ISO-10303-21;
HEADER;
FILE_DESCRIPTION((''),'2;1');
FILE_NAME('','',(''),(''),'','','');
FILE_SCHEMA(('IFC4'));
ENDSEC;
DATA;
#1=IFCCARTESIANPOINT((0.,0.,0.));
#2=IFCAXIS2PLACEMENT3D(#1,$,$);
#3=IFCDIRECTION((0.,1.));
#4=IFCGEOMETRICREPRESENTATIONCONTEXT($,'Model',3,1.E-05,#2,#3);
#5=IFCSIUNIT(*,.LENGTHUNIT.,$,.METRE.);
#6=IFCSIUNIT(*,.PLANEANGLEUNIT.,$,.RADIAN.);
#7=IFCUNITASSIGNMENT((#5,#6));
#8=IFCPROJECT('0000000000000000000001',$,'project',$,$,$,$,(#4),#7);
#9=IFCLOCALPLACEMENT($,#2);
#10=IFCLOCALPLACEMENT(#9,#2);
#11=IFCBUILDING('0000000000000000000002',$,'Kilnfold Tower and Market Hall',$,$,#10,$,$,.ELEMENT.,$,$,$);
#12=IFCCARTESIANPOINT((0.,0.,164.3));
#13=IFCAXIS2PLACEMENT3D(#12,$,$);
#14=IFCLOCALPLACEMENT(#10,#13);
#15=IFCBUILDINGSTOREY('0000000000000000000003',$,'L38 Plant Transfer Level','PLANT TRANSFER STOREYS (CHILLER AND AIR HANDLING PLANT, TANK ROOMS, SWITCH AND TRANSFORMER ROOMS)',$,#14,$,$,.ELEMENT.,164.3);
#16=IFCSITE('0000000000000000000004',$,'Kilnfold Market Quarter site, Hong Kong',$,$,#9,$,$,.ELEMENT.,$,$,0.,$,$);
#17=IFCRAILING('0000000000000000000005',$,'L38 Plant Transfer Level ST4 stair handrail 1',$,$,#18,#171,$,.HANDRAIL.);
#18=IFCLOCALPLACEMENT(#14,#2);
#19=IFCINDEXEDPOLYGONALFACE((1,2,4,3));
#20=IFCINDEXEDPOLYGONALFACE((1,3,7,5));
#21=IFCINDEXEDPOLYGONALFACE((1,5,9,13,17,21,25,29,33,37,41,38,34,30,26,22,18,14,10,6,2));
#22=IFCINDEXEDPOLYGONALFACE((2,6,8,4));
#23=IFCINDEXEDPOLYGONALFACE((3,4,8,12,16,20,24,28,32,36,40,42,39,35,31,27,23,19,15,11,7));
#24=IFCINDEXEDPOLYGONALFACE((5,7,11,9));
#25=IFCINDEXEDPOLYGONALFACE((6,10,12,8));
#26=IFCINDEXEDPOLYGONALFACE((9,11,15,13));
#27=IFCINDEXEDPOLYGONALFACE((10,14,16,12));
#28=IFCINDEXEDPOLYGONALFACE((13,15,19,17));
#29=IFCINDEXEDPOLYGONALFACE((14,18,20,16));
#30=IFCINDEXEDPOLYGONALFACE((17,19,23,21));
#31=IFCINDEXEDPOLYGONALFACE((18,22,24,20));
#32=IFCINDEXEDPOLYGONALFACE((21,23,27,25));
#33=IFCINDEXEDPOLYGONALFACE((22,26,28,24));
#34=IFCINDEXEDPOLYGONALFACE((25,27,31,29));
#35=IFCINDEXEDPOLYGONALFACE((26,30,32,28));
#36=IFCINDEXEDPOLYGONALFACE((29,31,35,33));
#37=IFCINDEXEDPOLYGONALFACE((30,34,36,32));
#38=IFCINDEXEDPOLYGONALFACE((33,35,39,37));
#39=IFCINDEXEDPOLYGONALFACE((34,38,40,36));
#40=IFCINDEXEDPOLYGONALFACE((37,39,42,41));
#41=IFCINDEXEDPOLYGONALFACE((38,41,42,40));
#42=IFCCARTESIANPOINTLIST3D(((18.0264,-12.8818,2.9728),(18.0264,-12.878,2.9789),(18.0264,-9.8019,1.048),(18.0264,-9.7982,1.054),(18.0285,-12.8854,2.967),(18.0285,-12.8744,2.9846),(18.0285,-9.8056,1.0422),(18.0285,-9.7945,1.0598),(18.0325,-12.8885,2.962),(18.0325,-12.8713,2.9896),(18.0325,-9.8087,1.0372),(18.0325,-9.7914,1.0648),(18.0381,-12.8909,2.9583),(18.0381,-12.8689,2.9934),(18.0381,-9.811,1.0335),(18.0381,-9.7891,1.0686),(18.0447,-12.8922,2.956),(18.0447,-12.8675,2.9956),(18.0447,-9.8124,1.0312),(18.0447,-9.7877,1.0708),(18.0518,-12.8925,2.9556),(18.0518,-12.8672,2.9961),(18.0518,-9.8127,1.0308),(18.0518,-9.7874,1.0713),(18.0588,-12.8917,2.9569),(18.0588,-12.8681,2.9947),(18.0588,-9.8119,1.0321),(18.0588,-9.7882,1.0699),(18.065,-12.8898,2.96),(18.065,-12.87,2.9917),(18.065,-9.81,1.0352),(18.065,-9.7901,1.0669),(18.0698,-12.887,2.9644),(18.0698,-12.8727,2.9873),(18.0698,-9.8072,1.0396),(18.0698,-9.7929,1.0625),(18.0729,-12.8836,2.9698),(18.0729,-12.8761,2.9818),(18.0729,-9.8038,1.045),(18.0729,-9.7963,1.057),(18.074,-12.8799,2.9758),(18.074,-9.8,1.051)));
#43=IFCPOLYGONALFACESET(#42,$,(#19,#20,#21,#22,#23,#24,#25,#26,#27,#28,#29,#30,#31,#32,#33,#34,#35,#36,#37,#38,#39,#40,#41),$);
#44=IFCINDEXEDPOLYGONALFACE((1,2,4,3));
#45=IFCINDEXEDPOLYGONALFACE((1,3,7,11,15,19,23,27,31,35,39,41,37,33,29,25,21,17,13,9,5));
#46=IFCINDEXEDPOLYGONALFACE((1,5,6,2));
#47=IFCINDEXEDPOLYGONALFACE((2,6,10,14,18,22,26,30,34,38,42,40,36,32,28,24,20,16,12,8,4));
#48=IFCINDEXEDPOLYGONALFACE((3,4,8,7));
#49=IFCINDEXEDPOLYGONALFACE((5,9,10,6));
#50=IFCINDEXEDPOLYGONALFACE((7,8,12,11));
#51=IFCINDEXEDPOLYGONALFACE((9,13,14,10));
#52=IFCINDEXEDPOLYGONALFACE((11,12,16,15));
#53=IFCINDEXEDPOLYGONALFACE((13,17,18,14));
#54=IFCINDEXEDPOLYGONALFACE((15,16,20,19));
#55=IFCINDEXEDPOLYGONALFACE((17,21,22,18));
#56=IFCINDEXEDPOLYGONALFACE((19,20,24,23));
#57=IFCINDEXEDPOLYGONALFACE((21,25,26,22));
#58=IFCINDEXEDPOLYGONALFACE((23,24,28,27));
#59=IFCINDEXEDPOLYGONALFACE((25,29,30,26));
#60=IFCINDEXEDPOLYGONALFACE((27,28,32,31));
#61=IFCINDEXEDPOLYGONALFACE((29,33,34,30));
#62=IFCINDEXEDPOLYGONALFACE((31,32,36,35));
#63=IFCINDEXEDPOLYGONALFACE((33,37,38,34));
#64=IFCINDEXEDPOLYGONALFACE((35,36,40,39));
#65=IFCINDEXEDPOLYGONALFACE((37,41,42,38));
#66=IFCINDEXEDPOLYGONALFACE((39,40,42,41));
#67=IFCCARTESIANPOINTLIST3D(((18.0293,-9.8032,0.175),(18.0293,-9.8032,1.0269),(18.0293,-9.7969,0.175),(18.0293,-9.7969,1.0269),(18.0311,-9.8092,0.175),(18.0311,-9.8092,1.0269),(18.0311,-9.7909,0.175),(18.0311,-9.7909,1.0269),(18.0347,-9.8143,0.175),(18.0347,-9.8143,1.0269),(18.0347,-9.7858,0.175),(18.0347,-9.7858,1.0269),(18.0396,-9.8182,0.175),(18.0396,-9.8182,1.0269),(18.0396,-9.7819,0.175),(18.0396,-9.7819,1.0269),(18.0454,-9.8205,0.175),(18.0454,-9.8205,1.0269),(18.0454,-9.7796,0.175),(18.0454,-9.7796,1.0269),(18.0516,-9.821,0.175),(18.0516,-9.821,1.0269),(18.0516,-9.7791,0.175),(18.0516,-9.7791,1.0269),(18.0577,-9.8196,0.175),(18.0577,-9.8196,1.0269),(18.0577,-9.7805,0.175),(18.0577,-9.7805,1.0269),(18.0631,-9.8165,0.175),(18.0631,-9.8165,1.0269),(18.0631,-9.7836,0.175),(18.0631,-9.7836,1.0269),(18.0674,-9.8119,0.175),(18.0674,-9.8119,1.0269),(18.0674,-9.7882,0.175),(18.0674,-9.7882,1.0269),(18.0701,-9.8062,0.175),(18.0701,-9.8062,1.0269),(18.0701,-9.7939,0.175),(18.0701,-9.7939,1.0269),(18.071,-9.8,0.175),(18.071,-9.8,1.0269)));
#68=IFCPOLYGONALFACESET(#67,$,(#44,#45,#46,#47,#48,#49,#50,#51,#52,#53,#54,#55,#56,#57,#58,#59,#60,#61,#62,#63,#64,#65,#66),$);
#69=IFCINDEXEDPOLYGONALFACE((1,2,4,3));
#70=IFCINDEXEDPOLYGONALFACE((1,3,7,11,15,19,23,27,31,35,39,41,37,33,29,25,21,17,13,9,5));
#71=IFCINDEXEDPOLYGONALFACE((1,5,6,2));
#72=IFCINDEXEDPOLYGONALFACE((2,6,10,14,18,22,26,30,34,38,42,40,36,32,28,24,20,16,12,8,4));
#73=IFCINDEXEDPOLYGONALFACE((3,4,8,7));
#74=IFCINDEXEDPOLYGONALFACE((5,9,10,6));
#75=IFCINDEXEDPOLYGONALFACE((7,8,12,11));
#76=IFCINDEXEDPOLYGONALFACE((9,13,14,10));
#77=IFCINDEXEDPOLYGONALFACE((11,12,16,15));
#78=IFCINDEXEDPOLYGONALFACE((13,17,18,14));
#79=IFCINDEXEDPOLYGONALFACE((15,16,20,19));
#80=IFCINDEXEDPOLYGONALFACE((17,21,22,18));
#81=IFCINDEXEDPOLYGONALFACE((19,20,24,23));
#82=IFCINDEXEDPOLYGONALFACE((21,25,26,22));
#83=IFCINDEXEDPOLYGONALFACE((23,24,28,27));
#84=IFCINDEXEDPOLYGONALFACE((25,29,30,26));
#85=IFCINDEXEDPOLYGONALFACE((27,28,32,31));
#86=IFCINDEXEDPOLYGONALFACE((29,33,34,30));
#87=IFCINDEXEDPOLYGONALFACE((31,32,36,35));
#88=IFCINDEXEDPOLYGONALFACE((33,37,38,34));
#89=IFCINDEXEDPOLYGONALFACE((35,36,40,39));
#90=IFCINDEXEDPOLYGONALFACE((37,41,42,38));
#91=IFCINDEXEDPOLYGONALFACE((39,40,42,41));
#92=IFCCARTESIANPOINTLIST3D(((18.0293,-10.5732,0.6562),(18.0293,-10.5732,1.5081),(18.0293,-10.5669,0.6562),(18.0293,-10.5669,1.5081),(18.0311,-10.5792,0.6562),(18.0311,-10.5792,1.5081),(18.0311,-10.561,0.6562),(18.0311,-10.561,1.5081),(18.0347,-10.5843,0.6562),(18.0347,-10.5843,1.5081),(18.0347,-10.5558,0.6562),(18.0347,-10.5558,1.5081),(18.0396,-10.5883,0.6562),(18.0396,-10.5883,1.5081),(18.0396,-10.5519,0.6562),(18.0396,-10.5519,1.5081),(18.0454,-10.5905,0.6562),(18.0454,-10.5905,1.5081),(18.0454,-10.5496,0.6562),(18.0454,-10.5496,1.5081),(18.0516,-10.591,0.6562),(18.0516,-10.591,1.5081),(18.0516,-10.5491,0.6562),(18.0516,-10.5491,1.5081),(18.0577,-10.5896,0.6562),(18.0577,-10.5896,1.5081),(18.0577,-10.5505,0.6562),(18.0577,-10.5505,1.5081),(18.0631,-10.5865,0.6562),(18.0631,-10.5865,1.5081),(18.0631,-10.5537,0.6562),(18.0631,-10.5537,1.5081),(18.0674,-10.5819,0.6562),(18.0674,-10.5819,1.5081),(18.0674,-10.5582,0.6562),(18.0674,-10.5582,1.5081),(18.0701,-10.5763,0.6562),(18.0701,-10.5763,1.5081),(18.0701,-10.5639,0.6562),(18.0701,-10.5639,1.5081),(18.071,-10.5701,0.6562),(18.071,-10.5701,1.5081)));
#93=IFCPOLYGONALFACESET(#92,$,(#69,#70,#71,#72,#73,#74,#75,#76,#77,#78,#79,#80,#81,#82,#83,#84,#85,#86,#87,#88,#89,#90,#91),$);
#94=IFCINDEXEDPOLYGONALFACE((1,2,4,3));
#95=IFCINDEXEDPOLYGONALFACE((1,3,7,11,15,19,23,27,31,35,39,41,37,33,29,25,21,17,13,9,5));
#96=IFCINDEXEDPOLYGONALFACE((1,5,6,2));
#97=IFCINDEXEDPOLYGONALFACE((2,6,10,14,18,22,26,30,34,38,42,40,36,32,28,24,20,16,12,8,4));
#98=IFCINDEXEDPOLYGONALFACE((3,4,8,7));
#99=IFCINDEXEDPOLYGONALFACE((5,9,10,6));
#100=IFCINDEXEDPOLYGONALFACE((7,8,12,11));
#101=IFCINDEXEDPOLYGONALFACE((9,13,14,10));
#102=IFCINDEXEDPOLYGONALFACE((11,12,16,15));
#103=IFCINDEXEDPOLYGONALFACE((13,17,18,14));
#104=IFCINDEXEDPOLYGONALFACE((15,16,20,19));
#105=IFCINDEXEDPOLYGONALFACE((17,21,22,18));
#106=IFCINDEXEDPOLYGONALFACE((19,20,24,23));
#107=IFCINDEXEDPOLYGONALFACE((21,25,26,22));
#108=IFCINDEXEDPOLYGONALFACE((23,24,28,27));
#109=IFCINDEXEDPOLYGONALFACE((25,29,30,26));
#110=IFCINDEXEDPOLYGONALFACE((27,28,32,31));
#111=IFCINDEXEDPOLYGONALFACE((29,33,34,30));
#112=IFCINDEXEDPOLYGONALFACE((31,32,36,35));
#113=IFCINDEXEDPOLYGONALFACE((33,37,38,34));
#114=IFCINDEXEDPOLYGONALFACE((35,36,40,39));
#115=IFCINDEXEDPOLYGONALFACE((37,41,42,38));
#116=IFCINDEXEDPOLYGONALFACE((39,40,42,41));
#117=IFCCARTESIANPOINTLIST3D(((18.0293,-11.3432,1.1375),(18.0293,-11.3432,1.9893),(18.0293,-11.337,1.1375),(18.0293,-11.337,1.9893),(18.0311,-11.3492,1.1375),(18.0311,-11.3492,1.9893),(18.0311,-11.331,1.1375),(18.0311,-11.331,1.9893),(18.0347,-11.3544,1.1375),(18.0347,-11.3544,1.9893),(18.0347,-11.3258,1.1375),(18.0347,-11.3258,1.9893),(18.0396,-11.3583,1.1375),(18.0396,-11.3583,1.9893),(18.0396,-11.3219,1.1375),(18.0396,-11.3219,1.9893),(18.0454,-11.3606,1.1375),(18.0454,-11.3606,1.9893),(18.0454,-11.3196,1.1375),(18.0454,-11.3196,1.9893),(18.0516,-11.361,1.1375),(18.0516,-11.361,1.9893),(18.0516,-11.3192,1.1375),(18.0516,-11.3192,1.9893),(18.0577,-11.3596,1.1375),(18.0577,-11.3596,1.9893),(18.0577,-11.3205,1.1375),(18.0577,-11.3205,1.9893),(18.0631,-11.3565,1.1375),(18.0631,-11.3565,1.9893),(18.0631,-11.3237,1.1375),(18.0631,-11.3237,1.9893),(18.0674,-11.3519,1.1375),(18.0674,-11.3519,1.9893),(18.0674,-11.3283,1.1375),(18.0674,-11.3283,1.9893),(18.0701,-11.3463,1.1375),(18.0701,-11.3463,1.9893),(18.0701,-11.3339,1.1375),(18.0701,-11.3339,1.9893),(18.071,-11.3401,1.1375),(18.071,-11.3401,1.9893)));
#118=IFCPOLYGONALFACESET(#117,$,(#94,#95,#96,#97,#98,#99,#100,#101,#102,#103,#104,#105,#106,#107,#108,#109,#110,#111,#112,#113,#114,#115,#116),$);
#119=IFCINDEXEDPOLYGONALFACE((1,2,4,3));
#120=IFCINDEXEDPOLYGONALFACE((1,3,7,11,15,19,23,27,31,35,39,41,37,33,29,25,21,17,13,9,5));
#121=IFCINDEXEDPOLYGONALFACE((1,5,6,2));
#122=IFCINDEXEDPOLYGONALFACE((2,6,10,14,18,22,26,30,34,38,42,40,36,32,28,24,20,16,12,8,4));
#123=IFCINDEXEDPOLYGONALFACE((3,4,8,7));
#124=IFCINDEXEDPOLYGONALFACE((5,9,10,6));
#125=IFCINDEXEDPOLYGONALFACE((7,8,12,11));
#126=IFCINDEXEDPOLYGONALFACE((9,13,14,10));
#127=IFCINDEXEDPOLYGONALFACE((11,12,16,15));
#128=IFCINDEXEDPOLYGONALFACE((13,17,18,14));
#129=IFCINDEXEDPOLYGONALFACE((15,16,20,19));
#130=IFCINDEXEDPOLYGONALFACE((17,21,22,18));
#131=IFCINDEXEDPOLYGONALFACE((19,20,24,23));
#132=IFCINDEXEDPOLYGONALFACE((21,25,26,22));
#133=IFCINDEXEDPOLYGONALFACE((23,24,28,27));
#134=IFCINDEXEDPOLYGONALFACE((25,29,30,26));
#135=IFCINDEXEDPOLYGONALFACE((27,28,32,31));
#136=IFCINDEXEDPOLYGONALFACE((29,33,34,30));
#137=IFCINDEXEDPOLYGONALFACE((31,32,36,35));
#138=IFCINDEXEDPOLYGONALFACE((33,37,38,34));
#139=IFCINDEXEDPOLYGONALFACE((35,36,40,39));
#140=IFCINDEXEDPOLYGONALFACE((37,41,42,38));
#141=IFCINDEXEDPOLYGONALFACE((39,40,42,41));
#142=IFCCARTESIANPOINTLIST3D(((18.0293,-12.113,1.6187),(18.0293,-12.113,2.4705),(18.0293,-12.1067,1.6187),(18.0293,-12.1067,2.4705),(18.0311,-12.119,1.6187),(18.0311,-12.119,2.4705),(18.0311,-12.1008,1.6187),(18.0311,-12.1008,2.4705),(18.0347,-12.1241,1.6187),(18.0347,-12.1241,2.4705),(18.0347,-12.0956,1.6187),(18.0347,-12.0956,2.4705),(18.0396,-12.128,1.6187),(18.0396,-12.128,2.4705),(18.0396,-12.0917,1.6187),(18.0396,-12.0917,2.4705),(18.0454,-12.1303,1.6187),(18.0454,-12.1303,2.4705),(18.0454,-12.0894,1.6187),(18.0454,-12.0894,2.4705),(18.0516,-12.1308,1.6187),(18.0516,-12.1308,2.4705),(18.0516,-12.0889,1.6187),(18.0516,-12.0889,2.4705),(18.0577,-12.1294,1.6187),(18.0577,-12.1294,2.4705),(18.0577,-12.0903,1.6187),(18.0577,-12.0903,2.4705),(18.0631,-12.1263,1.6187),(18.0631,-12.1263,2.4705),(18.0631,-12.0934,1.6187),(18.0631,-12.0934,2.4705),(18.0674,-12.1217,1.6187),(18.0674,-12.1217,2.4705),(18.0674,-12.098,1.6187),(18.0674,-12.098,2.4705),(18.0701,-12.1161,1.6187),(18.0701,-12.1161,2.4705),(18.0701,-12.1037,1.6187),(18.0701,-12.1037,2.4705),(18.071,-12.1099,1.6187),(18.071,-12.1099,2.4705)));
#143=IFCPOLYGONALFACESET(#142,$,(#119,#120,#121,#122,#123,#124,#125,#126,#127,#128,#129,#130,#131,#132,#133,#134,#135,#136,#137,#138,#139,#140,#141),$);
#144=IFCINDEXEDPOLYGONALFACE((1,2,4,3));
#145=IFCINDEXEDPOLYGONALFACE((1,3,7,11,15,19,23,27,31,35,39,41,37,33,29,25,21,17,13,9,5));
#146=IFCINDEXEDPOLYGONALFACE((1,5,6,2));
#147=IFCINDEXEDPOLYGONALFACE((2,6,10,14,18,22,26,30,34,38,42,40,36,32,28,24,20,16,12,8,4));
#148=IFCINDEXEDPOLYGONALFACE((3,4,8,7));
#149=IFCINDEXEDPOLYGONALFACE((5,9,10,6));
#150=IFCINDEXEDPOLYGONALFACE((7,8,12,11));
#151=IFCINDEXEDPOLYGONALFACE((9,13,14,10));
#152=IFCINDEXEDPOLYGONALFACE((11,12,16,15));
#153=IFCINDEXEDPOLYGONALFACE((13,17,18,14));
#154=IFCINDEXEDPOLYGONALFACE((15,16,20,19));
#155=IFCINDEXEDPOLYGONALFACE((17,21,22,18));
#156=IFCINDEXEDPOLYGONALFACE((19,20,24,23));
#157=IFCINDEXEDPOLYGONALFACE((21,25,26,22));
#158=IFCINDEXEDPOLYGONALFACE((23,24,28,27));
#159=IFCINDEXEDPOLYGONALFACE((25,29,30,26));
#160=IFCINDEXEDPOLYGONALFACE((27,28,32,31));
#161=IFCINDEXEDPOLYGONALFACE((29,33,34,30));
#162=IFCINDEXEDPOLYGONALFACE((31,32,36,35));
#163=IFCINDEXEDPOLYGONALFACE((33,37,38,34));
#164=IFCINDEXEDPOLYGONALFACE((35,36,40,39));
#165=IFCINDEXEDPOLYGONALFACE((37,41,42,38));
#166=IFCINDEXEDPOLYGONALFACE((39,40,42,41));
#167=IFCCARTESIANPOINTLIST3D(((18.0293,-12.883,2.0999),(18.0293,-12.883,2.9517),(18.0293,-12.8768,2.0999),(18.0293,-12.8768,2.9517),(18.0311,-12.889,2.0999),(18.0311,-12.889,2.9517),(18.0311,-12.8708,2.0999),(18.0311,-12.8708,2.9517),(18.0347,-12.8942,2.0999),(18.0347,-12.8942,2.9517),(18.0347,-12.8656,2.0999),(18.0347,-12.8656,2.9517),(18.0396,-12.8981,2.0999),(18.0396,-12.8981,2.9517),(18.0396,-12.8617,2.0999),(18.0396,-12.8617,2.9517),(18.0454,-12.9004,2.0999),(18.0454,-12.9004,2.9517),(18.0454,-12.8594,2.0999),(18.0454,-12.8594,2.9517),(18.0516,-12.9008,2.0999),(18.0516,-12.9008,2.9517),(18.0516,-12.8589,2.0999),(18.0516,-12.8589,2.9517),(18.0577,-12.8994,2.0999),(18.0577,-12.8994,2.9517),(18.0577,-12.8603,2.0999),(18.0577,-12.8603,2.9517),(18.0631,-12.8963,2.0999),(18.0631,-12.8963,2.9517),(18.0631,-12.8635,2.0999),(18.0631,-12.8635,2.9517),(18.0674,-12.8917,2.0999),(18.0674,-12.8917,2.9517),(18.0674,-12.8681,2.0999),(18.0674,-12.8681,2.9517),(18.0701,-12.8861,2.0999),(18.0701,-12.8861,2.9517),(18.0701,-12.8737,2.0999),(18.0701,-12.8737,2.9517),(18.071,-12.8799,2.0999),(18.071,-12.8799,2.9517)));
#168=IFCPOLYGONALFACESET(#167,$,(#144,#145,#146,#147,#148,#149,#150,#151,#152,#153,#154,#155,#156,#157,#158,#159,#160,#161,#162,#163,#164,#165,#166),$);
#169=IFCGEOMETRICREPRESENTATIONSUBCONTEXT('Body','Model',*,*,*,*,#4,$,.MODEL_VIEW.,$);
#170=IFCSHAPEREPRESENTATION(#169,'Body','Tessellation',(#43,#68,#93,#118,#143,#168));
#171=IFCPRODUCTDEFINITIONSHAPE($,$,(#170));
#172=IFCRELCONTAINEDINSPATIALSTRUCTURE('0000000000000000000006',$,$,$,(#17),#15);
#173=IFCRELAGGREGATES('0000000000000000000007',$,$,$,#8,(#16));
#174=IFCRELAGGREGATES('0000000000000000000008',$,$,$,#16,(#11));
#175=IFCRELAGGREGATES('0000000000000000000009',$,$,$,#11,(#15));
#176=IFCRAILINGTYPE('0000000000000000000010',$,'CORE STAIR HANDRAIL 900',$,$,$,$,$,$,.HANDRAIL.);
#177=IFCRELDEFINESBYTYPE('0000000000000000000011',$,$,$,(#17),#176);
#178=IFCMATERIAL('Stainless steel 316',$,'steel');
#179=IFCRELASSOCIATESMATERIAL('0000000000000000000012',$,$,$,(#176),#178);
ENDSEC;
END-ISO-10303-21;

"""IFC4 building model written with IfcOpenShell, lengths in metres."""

from ifc_helpers import new_model, si_unit, direction, frame, origin, origin_2d, place, context, subcontext, project, spatial, circle, extrude, material, type_object, element, save


model = new_model("IFC4")

# Units and contexts
model_context = context("Model", 3, precision=1e-05, world=origin(), true_north=direction((0.0, 1.0)))
body_context = subcontext(model_context, "Body", "Model", "MODEL_VIEW")
ifc_project = project(units=[si_unit("LENGTHUNIT", "METRE"), si_unit("PLANEANGLEUNIT", "RADIAN")], contexts=[model_context])

# Site, building, storey
site_placement = place(None, origin())
site = spatial("IfcSite", under=ifc_project, at=site_placement, Name="Kilnfold Market Quarter site, Hong Kong", CompositionType="ELEMENT", RefElevation=0.0)
building_placement = place(site_placement, origin())
building = spatial("IfcBuilding", under=site, at=building_placement, Name="Kilnfold Tower and Market Hall", CompositionType="ELEMENT")
storey_placement = place(building_placement, frame((0.0, 0.0, 164.3)))
storey = spatial("IfcBuildingStorey", under=building, at=storey_placement, Name="L38 Plant Transfer Level", Description="PLANT TRANSFER STOREYS (CHILLER AND AIR HANDLING PLANT, TANK ROOMS, SWITCH AND TRANSFORMER ROOMS)", CompositionType="ELEMENT", Elevation=164.3)

# Railing
ifc_material_1 = material(Name="Stainless steel 316", Category="steel")
railing_type_1 = type_object("IfcRailingType", Name="CORE STAIR HANDRAIL 900", PredefinedType="HANDRAIL", material=ifc_material_1)
railing_1_placement = place(storey_placement, frame((18.05, -9.8, 0.175)))
element("IfcRailing", 1, at=railing_1_placement, inside=storey, type_object=railing_type_1, Name="L38 Plant Transfer Level ST4 stair handrail 1", PredefinedType="HANDRAIL", context=body_context, shape_type="SweptSolid", body=[
    extrude(circle(Radius=0.0239, at=origin_2d()), frame((0.0, 0.0, 0.876), z_axis=(0.0, -0.84801, 0.529981), x_axis=(1.0, 0.0, 0.0)), (0.0, 0.0, 1.0), 3.6318),
    extrude(circle(Radius=0.021, at=origin_2d()), origin(), (0.0, 0.0, 1.0), 0.8518),
    extrude(circle(Radius=0.021, at=origin_2d()), frame((0.0, -0.77, 0.4812)), (0.0, 0.0, 1.0), 0.8518),
    extrude(circle(Radius=0.021, at=origin_2d()), frame((0.0, -1.54, 0.9624)), (0.0, 0.0, 1.0), 0.8518),
    extrude(circle(Radius=0.021, at=origin_2d()), frame((0.0, -2.3098, 1.4436)), (0.0, 0.0, 1.0), 0.8518),
    extrude(circle(Radius=0.021, at=origin_2d()), frame((0.0, -3.0798, 1.9248)), (0.0, 0.0, 1.0), 0.8518),
])

save(model, "model.ifc")
